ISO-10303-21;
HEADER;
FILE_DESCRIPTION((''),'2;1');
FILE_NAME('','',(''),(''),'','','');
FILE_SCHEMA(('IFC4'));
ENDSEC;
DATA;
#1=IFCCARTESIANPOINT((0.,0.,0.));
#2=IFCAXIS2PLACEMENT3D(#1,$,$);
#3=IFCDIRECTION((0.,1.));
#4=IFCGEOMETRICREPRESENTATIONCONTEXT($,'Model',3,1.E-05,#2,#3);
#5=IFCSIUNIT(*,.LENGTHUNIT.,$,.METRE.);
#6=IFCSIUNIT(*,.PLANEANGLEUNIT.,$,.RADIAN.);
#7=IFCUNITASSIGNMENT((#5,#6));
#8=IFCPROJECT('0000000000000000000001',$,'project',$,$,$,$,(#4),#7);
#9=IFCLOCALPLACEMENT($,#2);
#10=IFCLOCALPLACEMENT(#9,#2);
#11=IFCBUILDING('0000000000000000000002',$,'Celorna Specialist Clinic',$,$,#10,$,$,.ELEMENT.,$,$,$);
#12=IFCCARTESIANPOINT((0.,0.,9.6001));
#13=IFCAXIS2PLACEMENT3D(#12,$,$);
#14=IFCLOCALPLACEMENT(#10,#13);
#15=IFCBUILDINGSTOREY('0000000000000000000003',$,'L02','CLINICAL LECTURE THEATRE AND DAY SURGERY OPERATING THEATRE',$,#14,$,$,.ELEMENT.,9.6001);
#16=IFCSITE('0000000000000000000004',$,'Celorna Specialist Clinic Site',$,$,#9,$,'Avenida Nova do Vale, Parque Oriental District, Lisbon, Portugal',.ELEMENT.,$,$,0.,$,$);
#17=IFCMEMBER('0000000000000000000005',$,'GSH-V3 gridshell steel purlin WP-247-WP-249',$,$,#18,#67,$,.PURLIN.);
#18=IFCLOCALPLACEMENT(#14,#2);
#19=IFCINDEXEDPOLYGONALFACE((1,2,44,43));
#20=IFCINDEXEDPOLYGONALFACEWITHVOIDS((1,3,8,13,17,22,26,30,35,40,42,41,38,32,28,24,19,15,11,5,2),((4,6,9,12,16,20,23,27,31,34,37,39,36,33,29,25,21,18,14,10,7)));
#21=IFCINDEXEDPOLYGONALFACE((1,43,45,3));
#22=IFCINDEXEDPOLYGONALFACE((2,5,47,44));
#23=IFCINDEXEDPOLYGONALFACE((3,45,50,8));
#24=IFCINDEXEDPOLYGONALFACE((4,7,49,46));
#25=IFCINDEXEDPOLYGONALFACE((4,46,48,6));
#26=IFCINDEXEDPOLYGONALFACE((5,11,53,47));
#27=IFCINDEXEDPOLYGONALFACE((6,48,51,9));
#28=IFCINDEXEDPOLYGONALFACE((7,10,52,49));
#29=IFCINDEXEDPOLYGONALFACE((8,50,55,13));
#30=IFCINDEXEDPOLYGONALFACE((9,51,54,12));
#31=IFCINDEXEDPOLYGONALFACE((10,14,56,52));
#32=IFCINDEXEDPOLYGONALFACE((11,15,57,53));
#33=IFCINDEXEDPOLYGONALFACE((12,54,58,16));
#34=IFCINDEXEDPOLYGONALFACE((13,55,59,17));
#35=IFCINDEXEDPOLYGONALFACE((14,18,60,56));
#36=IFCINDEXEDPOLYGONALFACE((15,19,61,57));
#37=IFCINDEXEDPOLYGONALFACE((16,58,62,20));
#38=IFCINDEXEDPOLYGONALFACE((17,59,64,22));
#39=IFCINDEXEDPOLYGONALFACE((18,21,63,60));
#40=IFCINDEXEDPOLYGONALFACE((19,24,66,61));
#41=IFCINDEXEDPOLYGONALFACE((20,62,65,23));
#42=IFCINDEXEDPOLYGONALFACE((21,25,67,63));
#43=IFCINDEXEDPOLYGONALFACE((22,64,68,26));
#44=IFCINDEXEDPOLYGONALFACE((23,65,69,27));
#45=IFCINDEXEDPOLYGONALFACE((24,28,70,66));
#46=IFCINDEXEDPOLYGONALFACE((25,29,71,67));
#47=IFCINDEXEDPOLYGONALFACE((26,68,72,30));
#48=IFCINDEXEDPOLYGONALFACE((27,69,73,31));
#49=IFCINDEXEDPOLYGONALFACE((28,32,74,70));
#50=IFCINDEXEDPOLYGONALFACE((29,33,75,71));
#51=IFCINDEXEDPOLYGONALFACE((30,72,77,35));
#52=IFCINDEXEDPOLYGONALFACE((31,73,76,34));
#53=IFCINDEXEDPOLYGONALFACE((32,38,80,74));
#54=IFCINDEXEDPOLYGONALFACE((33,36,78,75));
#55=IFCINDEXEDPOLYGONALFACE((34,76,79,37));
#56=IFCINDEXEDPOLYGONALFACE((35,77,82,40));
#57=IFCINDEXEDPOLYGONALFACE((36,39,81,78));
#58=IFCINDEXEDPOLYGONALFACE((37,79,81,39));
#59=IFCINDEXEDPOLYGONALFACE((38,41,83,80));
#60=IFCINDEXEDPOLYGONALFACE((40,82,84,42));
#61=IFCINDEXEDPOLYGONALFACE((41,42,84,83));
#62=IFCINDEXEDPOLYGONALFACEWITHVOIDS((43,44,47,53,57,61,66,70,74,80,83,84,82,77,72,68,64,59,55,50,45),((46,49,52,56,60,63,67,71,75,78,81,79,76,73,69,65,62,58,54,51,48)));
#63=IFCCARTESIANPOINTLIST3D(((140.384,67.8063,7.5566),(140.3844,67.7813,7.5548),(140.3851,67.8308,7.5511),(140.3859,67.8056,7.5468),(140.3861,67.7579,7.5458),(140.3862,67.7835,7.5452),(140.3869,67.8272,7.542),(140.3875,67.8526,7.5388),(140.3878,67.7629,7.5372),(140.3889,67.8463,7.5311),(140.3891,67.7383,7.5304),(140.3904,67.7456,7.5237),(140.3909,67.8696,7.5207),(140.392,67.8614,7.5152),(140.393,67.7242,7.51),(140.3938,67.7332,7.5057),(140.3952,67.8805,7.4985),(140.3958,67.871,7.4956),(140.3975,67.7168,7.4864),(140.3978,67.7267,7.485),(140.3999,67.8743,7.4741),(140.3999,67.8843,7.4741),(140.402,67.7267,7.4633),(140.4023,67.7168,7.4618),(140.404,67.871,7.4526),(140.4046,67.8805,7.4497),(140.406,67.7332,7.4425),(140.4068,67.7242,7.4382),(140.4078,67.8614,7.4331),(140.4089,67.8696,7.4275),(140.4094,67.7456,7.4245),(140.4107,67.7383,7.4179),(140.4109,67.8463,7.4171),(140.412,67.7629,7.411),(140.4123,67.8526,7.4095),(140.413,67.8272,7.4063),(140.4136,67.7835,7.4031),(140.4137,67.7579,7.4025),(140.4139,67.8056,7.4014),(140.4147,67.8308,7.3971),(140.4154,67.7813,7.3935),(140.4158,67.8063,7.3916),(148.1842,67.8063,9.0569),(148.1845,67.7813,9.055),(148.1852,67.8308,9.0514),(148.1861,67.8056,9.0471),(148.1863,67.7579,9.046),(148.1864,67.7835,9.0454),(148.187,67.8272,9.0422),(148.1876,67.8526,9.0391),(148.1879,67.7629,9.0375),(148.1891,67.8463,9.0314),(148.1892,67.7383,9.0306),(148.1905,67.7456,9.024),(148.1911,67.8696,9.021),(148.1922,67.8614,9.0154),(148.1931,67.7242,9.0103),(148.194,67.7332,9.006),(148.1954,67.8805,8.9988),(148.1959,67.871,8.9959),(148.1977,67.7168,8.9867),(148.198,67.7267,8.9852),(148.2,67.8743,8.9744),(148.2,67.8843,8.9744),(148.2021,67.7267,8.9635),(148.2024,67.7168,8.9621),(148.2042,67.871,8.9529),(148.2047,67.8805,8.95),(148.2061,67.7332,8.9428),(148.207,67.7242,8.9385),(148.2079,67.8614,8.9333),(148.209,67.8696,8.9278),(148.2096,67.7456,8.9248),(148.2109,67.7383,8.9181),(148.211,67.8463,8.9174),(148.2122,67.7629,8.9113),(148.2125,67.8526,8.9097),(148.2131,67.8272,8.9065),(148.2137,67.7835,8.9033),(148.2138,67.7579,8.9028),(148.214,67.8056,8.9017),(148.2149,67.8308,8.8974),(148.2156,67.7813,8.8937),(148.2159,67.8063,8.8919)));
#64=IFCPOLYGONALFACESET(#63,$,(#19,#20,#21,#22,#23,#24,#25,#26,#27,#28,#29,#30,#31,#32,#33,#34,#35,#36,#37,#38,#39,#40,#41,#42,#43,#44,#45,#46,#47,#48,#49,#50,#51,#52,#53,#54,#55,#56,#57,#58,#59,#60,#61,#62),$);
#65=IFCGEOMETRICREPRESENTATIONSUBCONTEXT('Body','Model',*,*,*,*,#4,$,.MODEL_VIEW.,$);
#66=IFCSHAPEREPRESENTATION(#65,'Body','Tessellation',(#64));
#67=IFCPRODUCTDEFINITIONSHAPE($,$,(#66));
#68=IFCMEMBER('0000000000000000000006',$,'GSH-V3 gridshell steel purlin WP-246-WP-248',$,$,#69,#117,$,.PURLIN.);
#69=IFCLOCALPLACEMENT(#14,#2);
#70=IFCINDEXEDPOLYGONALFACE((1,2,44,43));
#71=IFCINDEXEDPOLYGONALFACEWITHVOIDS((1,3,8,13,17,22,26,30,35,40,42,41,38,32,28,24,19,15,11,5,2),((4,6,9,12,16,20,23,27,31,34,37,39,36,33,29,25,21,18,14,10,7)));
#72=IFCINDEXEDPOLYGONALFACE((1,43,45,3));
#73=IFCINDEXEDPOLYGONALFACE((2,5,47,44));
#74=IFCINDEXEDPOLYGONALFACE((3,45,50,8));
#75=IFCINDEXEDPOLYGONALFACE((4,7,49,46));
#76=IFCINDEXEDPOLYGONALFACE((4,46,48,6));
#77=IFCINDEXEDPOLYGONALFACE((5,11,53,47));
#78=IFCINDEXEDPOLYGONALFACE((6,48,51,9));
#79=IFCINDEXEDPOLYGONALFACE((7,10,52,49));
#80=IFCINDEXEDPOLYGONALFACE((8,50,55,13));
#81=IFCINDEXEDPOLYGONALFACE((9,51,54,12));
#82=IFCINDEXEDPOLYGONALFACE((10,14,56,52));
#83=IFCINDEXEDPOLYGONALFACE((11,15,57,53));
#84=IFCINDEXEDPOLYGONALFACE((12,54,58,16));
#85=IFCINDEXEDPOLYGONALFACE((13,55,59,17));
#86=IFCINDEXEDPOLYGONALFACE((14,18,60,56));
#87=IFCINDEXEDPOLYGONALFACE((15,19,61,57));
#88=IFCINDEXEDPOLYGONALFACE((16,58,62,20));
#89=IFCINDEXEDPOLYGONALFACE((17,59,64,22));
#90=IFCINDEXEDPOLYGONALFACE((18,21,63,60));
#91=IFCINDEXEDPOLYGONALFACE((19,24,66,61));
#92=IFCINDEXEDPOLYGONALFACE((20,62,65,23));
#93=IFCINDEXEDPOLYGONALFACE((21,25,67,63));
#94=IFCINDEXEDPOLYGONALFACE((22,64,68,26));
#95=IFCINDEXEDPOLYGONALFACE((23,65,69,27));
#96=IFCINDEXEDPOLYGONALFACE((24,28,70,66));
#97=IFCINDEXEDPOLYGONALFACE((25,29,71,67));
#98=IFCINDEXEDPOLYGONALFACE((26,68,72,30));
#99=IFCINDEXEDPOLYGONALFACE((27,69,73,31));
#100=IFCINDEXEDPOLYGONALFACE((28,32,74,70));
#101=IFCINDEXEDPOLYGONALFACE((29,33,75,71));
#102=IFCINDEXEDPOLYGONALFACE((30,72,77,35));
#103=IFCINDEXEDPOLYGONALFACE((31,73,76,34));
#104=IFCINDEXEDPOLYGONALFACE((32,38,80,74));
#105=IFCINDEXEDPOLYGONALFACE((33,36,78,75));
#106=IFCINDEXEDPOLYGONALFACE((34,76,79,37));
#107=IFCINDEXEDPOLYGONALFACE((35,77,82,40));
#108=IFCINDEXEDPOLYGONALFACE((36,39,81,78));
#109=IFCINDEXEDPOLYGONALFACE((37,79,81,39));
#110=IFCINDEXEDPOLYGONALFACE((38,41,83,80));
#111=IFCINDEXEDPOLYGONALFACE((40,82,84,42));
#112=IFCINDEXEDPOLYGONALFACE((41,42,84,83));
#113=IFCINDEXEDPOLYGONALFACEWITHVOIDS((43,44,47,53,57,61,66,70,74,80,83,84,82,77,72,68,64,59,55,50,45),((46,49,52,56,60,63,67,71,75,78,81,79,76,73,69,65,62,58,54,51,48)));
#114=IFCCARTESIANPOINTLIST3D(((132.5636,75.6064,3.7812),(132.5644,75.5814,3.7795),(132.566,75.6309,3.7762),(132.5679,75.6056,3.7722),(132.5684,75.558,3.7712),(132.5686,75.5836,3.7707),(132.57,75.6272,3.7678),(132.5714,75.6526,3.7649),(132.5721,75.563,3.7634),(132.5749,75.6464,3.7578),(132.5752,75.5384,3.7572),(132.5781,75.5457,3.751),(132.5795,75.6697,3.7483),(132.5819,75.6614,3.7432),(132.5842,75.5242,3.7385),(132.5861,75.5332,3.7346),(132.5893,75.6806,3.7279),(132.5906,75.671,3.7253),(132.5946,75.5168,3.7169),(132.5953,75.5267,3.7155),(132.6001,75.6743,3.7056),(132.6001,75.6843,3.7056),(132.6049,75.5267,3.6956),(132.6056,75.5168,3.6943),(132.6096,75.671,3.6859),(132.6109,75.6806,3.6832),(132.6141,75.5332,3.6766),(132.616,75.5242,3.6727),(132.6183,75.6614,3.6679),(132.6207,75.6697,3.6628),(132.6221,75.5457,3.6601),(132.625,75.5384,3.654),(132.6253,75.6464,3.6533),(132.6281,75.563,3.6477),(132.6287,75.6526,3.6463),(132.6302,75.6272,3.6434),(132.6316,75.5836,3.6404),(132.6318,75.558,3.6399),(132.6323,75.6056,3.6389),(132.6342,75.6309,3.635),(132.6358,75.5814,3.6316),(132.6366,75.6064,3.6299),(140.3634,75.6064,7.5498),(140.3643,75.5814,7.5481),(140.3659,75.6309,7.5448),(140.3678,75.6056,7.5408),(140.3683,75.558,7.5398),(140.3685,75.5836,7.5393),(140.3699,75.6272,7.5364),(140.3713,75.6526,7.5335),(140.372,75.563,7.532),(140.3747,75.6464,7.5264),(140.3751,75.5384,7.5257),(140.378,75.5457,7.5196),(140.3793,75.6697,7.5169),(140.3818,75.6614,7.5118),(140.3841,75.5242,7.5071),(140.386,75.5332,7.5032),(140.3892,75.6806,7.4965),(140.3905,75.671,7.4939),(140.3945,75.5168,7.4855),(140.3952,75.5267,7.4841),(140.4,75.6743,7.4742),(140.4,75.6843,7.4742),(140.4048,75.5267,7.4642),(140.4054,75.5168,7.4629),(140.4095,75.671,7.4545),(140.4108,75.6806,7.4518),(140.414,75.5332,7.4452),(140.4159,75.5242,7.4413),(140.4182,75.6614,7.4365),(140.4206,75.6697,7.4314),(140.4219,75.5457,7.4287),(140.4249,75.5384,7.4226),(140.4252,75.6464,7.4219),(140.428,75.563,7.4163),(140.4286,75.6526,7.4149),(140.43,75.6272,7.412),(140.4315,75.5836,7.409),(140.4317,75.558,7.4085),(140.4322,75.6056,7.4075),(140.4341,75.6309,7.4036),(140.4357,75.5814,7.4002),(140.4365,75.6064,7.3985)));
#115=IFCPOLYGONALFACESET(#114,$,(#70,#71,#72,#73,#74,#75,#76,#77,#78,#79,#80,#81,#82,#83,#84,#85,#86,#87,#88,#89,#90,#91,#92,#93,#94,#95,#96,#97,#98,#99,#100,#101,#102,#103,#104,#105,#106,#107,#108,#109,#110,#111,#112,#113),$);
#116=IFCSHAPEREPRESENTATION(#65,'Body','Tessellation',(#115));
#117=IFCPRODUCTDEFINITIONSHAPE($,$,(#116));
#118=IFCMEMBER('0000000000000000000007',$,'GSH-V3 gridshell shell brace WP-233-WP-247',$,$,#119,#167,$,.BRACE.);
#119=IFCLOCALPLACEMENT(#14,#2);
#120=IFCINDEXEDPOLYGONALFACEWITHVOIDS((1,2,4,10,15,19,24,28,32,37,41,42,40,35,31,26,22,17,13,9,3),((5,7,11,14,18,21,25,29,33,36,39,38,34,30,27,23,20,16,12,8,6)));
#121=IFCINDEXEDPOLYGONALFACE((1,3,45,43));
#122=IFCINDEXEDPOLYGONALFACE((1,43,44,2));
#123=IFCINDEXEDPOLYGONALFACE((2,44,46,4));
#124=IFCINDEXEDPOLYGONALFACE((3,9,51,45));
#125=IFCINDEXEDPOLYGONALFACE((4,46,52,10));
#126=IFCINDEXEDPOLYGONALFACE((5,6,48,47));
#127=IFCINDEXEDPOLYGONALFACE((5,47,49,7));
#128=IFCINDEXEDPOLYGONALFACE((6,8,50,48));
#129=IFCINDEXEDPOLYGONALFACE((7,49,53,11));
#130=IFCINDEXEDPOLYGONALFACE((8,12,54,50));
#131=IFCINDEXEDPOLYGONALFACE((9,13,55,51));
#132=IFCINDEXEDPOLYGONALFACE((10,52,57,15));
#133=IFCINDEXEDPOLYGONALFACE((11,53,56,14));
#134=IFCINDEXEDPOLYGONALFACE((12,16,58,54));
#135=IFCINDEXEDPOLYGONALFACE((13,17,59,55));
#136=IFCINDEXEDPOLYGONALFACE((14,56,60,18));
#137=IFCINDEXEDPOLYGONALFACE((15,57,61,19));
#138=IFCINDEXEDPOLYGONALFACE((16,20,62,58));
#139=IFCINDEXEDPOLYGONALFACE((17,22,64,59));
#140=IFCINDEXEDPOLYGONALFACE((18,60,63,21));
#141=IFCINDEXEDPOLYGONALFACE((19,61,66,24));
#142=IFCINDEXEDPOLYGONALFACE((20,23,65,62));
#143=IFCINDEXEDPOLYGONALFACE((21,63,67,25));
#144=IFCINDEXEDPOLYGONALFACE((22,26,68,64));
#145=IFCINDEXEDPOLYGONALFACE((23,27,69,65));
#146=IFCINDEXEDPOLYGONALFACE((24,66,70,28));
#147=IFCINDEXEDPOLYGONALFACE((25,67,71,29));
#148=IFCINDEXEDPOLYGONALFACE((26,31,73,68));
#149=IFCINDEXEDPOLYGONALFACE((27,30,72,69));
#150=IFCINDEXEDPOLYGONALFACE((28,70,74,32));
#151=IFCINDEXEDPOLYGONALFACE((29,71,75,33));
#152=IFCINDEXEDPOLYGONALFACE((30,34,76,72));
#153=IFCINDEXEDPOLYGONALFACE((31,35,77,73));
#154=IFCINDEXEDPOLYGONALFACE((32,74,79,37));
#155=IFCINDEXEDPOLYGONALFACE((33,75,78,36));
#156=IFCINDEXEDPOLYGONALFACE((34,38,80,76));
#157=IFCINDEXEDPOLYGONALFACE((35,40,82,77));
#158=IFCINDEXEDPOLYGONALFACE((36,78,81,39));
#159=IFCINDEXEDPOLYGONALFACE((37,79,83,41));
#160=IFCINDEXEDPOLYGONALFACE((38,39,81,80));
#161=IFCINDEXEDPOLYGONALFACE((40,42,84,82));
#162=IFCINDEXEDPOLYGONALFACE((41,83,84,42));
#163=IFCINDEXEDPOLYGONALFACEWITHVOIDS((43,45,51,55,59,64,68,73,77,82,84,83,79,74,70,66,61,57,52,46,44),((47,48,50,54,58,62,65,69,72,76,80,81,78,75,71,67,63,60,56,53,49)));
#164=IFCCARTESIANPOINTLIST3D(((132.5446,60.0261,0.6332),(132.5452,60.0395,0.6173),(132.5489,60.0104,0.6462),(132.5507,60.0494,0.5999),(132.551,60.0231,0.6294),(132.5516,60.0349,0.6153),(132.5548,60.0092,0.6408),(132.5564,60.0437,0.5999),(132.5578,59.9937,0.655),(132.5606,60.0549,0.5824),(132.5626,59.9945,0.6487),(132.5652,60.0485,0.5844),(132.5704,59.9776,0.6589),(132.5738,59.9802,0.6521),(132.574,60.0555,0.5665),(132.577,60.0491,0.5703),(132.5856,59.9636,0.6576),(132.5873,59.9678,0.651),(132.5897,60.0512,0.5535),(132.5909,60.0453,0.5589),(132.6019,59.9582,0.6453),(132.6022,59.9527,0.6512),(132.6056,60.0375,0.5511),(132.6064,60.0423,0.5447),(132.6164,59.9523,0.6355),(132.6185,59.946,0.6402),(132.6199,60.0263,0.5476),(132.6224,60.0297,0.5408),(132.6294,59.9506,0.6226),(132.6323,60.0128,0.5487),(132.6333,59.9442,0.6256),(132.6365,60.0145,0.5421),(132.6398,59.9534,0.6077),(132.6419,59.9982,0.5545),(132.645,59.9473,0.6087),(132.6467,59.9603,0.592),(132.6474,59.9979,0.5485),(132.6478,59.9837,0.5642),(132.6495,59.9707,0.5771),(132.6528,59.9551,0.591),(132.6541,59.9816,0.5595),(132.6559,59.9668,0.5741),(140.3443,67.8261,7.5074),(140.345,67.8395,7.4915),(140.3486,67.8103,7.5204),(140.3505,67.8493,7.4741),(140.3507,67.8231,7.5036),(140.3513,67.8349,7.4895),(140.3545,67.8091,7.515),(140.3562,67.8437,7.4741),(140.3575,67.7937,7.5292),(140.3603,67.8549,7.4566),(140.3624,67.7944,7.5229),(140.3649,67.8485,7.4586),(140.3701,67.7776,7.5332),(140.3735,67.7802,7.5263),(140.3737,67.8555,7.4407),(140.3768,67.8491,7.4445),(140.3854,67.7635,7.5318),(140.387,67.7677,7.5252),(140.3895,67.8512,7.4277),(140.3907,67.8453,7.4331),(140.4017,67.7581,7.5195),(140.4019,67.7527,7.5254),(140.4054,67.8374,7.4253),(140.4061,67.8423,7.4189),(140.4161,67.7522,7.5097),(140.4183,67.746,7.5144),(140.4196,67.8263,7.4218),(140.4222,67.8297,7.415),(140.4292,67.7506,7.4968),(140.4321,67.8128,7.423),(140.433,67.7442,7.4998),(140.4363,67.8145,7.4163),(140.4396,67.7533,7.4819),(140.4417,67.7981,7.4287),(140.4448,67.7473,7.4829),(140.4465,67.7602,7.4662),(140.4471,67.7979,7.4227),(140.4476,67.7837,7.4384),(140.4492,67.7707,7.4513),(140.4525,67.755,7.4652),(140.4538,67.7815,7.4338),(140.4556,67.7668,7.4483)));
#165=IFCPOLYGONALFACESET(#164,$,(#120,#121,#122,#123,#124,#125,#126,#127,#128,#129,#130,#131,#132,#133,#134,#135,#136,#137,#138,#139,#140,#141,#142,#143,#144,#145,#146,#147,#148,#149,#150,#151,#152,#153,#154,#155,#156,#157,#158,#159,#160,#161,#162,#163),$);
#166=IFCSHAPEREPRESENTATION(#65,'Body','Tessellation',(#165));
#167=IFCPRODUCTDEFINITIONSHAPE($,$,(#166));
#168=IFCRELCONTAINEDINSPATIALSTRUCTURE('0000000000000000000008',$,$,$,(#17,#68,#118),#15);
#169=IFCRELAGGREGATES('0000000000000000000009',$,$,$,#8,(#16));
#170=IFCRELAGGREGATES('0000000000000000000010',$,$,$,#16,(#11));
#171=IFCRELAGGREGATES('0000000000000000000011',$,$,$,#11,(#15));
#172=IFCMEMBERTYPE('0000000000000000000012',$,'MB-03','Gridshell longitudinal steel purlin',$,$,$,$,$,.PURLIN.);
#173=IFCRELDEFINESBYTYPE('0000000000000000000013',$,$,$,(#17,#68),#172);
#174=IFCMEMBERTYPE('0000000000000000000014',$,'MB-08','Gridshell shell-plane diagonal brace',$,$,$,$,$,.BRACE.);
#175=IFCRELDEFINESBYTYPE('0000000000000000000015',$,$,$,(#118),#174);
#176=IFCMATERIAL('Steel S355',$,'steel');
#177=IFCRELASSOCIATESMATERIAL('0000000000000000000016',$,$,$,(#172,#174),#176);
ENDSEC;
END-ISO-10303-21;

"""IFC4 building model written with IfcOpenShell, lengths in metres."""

from ifc_helpers import new_model, si_unit, direction, frame, origin, origin_2d, place, context, subcontext, project, spatial, hollow_circle, extrude, material, material_profile, profile_set, type_object, element, save


model = new_model("IFC4")

# Units and contexts
model_context = context("Model", 3, precision=1e-05, world=origin(), true_north=direction((0.0, 1.0)))
body_context = subcontext(model_context, "Body", "Model", "MODEL_VIEW")
ifc_project = project(units=[si_unit("LENGTHUNIT", "METRE"), si_unit("PLANEANGLEUNIT", "RADIAN")], contexts=[model_context])

# Site, building, storey
site_placement = place(None, origin())
site = spatial("IfcSite", under=ifc_project, at=site_placement, Name="Celorna Specialist Clinic Site", LongName="Avenida Nova do Vale, Parque Oriental District, Lisbon, Portugal", CompositionType="ELEMENT", RefElevation=0.0)
building_placement = place(site_placement, origin())
building = spatial("IfcBuilding", under=site, at=building_placement, Name="Celorna Specialist Clinic", CompositionType="ELEMENT")
storey_placement = place(building_placement, frame((0.0, 0.0, 9.6001)))
storey = spatial("IfcBuildingStorey", under=building, at=storey_placement, Name="L02", Description="CLINICAL LECTURE THEATRE AND DAY SURGERY OPERATING THEATRE", CompositionType="ELEMENT", Elevation=9.6001)

# Shared definitions
ifc_material_1 = material(Name="Steel S355", Category="steel")

# Members
ifc_material_profile_1 = material_profile(ifc_material_1, hollow_circle(Radius=0.0842, WallThickness=0.01, at=origin_2d()), Name="CHS 168.3x10")
ifc_profile_set_1 = profile_set([ifc_material_profile_1], Name="Steel S355")
member_type_1 = type_object("IfcMemberType", Name="MB-03", Description="Gridshell longitudinal steel purlin", PredefinedType="PURLIN", material=ifc_profile_set_1)
member_1_placement = place(storey_placement, frame((140.3999, 67.8, 7.4741), z_axis=(0.982001, 0.0, 0.188876), x_axis=(0.0, 1.0, 0.0)))
element("IfcMember", 1, at=member_1_placement, inside=storey, type_object=member_type_1, Name="GSH-V3 gridshell steel purlin WP-247-WP-249", PredefinedType="PURLIN", context=body_context, shape_type="SweptSolid", body=[
    extrude(hollow_circle(Radius=0.0842, WallThickness=0.01, at=origin_2d()), origin(), (0.0, 0.0, 1.0), 7.9431),
])
member_2_placement = place(storey_placement, frame((132.6001, 75.6001, 3.7056), z_axis=(0.90041, 0.0, 0.435042), x_axis=(0.0, 1.0, 0.0)))
element("IfcMember", 2, at=member_2_placement, inside=storey, type_object=member_type_1, Name="GSH-V3 gridshell steel purlin WP-246-WP-248", PredefinedType="PURLIN", context=body_context, shape_type="SweptSolid", body=[
    extrude(hollow_circle(Radius=0.0842, WallThickness=0.01, at=origin_2d()), origin(), (0.0, 0.0, 1.0), 8.6626),
])
ifc_material_profile_2 = material_profile(ifc_material_1, hollow_circle(Radius=0.0698, WallThickness=0.0081, at=origin_2d()), Name="CHS 139.7x8")
ifc_profile_set_2 = profile_set([ifc_material_profile_2], Name="Steel S355")
member_type_2 = type_object("IfcMemberType", Name="MB-08", Description="Gridshell shell-plane diagonal brace", PredefinedType="BRACE", material=ifc_profile_set_2)
member_3_placement = place(storey_placement, frame((132.6001, 60.0, 0.5999), z_axis=(0.600103, 0.600122, 0.528894), x_axis=(-0.707118, 0.707096, 0.0)))
element("IfcMember", 3, at=member_3_placement, inside=storey, type_object=member_type_2, Name="GSH-V3 gridshell shell brace WP-233-WP-247", PredefinedType="BRACE", context=body_context, shape_type="SweptSolid", body=[
    extrude(hollow_circle(Radius=0.0698, WallThickness=0.0081, at=origin_2d()), origin(), (0.0, 0.0, 1.0), 12.9973),
])

save(model, "model.ifc")
